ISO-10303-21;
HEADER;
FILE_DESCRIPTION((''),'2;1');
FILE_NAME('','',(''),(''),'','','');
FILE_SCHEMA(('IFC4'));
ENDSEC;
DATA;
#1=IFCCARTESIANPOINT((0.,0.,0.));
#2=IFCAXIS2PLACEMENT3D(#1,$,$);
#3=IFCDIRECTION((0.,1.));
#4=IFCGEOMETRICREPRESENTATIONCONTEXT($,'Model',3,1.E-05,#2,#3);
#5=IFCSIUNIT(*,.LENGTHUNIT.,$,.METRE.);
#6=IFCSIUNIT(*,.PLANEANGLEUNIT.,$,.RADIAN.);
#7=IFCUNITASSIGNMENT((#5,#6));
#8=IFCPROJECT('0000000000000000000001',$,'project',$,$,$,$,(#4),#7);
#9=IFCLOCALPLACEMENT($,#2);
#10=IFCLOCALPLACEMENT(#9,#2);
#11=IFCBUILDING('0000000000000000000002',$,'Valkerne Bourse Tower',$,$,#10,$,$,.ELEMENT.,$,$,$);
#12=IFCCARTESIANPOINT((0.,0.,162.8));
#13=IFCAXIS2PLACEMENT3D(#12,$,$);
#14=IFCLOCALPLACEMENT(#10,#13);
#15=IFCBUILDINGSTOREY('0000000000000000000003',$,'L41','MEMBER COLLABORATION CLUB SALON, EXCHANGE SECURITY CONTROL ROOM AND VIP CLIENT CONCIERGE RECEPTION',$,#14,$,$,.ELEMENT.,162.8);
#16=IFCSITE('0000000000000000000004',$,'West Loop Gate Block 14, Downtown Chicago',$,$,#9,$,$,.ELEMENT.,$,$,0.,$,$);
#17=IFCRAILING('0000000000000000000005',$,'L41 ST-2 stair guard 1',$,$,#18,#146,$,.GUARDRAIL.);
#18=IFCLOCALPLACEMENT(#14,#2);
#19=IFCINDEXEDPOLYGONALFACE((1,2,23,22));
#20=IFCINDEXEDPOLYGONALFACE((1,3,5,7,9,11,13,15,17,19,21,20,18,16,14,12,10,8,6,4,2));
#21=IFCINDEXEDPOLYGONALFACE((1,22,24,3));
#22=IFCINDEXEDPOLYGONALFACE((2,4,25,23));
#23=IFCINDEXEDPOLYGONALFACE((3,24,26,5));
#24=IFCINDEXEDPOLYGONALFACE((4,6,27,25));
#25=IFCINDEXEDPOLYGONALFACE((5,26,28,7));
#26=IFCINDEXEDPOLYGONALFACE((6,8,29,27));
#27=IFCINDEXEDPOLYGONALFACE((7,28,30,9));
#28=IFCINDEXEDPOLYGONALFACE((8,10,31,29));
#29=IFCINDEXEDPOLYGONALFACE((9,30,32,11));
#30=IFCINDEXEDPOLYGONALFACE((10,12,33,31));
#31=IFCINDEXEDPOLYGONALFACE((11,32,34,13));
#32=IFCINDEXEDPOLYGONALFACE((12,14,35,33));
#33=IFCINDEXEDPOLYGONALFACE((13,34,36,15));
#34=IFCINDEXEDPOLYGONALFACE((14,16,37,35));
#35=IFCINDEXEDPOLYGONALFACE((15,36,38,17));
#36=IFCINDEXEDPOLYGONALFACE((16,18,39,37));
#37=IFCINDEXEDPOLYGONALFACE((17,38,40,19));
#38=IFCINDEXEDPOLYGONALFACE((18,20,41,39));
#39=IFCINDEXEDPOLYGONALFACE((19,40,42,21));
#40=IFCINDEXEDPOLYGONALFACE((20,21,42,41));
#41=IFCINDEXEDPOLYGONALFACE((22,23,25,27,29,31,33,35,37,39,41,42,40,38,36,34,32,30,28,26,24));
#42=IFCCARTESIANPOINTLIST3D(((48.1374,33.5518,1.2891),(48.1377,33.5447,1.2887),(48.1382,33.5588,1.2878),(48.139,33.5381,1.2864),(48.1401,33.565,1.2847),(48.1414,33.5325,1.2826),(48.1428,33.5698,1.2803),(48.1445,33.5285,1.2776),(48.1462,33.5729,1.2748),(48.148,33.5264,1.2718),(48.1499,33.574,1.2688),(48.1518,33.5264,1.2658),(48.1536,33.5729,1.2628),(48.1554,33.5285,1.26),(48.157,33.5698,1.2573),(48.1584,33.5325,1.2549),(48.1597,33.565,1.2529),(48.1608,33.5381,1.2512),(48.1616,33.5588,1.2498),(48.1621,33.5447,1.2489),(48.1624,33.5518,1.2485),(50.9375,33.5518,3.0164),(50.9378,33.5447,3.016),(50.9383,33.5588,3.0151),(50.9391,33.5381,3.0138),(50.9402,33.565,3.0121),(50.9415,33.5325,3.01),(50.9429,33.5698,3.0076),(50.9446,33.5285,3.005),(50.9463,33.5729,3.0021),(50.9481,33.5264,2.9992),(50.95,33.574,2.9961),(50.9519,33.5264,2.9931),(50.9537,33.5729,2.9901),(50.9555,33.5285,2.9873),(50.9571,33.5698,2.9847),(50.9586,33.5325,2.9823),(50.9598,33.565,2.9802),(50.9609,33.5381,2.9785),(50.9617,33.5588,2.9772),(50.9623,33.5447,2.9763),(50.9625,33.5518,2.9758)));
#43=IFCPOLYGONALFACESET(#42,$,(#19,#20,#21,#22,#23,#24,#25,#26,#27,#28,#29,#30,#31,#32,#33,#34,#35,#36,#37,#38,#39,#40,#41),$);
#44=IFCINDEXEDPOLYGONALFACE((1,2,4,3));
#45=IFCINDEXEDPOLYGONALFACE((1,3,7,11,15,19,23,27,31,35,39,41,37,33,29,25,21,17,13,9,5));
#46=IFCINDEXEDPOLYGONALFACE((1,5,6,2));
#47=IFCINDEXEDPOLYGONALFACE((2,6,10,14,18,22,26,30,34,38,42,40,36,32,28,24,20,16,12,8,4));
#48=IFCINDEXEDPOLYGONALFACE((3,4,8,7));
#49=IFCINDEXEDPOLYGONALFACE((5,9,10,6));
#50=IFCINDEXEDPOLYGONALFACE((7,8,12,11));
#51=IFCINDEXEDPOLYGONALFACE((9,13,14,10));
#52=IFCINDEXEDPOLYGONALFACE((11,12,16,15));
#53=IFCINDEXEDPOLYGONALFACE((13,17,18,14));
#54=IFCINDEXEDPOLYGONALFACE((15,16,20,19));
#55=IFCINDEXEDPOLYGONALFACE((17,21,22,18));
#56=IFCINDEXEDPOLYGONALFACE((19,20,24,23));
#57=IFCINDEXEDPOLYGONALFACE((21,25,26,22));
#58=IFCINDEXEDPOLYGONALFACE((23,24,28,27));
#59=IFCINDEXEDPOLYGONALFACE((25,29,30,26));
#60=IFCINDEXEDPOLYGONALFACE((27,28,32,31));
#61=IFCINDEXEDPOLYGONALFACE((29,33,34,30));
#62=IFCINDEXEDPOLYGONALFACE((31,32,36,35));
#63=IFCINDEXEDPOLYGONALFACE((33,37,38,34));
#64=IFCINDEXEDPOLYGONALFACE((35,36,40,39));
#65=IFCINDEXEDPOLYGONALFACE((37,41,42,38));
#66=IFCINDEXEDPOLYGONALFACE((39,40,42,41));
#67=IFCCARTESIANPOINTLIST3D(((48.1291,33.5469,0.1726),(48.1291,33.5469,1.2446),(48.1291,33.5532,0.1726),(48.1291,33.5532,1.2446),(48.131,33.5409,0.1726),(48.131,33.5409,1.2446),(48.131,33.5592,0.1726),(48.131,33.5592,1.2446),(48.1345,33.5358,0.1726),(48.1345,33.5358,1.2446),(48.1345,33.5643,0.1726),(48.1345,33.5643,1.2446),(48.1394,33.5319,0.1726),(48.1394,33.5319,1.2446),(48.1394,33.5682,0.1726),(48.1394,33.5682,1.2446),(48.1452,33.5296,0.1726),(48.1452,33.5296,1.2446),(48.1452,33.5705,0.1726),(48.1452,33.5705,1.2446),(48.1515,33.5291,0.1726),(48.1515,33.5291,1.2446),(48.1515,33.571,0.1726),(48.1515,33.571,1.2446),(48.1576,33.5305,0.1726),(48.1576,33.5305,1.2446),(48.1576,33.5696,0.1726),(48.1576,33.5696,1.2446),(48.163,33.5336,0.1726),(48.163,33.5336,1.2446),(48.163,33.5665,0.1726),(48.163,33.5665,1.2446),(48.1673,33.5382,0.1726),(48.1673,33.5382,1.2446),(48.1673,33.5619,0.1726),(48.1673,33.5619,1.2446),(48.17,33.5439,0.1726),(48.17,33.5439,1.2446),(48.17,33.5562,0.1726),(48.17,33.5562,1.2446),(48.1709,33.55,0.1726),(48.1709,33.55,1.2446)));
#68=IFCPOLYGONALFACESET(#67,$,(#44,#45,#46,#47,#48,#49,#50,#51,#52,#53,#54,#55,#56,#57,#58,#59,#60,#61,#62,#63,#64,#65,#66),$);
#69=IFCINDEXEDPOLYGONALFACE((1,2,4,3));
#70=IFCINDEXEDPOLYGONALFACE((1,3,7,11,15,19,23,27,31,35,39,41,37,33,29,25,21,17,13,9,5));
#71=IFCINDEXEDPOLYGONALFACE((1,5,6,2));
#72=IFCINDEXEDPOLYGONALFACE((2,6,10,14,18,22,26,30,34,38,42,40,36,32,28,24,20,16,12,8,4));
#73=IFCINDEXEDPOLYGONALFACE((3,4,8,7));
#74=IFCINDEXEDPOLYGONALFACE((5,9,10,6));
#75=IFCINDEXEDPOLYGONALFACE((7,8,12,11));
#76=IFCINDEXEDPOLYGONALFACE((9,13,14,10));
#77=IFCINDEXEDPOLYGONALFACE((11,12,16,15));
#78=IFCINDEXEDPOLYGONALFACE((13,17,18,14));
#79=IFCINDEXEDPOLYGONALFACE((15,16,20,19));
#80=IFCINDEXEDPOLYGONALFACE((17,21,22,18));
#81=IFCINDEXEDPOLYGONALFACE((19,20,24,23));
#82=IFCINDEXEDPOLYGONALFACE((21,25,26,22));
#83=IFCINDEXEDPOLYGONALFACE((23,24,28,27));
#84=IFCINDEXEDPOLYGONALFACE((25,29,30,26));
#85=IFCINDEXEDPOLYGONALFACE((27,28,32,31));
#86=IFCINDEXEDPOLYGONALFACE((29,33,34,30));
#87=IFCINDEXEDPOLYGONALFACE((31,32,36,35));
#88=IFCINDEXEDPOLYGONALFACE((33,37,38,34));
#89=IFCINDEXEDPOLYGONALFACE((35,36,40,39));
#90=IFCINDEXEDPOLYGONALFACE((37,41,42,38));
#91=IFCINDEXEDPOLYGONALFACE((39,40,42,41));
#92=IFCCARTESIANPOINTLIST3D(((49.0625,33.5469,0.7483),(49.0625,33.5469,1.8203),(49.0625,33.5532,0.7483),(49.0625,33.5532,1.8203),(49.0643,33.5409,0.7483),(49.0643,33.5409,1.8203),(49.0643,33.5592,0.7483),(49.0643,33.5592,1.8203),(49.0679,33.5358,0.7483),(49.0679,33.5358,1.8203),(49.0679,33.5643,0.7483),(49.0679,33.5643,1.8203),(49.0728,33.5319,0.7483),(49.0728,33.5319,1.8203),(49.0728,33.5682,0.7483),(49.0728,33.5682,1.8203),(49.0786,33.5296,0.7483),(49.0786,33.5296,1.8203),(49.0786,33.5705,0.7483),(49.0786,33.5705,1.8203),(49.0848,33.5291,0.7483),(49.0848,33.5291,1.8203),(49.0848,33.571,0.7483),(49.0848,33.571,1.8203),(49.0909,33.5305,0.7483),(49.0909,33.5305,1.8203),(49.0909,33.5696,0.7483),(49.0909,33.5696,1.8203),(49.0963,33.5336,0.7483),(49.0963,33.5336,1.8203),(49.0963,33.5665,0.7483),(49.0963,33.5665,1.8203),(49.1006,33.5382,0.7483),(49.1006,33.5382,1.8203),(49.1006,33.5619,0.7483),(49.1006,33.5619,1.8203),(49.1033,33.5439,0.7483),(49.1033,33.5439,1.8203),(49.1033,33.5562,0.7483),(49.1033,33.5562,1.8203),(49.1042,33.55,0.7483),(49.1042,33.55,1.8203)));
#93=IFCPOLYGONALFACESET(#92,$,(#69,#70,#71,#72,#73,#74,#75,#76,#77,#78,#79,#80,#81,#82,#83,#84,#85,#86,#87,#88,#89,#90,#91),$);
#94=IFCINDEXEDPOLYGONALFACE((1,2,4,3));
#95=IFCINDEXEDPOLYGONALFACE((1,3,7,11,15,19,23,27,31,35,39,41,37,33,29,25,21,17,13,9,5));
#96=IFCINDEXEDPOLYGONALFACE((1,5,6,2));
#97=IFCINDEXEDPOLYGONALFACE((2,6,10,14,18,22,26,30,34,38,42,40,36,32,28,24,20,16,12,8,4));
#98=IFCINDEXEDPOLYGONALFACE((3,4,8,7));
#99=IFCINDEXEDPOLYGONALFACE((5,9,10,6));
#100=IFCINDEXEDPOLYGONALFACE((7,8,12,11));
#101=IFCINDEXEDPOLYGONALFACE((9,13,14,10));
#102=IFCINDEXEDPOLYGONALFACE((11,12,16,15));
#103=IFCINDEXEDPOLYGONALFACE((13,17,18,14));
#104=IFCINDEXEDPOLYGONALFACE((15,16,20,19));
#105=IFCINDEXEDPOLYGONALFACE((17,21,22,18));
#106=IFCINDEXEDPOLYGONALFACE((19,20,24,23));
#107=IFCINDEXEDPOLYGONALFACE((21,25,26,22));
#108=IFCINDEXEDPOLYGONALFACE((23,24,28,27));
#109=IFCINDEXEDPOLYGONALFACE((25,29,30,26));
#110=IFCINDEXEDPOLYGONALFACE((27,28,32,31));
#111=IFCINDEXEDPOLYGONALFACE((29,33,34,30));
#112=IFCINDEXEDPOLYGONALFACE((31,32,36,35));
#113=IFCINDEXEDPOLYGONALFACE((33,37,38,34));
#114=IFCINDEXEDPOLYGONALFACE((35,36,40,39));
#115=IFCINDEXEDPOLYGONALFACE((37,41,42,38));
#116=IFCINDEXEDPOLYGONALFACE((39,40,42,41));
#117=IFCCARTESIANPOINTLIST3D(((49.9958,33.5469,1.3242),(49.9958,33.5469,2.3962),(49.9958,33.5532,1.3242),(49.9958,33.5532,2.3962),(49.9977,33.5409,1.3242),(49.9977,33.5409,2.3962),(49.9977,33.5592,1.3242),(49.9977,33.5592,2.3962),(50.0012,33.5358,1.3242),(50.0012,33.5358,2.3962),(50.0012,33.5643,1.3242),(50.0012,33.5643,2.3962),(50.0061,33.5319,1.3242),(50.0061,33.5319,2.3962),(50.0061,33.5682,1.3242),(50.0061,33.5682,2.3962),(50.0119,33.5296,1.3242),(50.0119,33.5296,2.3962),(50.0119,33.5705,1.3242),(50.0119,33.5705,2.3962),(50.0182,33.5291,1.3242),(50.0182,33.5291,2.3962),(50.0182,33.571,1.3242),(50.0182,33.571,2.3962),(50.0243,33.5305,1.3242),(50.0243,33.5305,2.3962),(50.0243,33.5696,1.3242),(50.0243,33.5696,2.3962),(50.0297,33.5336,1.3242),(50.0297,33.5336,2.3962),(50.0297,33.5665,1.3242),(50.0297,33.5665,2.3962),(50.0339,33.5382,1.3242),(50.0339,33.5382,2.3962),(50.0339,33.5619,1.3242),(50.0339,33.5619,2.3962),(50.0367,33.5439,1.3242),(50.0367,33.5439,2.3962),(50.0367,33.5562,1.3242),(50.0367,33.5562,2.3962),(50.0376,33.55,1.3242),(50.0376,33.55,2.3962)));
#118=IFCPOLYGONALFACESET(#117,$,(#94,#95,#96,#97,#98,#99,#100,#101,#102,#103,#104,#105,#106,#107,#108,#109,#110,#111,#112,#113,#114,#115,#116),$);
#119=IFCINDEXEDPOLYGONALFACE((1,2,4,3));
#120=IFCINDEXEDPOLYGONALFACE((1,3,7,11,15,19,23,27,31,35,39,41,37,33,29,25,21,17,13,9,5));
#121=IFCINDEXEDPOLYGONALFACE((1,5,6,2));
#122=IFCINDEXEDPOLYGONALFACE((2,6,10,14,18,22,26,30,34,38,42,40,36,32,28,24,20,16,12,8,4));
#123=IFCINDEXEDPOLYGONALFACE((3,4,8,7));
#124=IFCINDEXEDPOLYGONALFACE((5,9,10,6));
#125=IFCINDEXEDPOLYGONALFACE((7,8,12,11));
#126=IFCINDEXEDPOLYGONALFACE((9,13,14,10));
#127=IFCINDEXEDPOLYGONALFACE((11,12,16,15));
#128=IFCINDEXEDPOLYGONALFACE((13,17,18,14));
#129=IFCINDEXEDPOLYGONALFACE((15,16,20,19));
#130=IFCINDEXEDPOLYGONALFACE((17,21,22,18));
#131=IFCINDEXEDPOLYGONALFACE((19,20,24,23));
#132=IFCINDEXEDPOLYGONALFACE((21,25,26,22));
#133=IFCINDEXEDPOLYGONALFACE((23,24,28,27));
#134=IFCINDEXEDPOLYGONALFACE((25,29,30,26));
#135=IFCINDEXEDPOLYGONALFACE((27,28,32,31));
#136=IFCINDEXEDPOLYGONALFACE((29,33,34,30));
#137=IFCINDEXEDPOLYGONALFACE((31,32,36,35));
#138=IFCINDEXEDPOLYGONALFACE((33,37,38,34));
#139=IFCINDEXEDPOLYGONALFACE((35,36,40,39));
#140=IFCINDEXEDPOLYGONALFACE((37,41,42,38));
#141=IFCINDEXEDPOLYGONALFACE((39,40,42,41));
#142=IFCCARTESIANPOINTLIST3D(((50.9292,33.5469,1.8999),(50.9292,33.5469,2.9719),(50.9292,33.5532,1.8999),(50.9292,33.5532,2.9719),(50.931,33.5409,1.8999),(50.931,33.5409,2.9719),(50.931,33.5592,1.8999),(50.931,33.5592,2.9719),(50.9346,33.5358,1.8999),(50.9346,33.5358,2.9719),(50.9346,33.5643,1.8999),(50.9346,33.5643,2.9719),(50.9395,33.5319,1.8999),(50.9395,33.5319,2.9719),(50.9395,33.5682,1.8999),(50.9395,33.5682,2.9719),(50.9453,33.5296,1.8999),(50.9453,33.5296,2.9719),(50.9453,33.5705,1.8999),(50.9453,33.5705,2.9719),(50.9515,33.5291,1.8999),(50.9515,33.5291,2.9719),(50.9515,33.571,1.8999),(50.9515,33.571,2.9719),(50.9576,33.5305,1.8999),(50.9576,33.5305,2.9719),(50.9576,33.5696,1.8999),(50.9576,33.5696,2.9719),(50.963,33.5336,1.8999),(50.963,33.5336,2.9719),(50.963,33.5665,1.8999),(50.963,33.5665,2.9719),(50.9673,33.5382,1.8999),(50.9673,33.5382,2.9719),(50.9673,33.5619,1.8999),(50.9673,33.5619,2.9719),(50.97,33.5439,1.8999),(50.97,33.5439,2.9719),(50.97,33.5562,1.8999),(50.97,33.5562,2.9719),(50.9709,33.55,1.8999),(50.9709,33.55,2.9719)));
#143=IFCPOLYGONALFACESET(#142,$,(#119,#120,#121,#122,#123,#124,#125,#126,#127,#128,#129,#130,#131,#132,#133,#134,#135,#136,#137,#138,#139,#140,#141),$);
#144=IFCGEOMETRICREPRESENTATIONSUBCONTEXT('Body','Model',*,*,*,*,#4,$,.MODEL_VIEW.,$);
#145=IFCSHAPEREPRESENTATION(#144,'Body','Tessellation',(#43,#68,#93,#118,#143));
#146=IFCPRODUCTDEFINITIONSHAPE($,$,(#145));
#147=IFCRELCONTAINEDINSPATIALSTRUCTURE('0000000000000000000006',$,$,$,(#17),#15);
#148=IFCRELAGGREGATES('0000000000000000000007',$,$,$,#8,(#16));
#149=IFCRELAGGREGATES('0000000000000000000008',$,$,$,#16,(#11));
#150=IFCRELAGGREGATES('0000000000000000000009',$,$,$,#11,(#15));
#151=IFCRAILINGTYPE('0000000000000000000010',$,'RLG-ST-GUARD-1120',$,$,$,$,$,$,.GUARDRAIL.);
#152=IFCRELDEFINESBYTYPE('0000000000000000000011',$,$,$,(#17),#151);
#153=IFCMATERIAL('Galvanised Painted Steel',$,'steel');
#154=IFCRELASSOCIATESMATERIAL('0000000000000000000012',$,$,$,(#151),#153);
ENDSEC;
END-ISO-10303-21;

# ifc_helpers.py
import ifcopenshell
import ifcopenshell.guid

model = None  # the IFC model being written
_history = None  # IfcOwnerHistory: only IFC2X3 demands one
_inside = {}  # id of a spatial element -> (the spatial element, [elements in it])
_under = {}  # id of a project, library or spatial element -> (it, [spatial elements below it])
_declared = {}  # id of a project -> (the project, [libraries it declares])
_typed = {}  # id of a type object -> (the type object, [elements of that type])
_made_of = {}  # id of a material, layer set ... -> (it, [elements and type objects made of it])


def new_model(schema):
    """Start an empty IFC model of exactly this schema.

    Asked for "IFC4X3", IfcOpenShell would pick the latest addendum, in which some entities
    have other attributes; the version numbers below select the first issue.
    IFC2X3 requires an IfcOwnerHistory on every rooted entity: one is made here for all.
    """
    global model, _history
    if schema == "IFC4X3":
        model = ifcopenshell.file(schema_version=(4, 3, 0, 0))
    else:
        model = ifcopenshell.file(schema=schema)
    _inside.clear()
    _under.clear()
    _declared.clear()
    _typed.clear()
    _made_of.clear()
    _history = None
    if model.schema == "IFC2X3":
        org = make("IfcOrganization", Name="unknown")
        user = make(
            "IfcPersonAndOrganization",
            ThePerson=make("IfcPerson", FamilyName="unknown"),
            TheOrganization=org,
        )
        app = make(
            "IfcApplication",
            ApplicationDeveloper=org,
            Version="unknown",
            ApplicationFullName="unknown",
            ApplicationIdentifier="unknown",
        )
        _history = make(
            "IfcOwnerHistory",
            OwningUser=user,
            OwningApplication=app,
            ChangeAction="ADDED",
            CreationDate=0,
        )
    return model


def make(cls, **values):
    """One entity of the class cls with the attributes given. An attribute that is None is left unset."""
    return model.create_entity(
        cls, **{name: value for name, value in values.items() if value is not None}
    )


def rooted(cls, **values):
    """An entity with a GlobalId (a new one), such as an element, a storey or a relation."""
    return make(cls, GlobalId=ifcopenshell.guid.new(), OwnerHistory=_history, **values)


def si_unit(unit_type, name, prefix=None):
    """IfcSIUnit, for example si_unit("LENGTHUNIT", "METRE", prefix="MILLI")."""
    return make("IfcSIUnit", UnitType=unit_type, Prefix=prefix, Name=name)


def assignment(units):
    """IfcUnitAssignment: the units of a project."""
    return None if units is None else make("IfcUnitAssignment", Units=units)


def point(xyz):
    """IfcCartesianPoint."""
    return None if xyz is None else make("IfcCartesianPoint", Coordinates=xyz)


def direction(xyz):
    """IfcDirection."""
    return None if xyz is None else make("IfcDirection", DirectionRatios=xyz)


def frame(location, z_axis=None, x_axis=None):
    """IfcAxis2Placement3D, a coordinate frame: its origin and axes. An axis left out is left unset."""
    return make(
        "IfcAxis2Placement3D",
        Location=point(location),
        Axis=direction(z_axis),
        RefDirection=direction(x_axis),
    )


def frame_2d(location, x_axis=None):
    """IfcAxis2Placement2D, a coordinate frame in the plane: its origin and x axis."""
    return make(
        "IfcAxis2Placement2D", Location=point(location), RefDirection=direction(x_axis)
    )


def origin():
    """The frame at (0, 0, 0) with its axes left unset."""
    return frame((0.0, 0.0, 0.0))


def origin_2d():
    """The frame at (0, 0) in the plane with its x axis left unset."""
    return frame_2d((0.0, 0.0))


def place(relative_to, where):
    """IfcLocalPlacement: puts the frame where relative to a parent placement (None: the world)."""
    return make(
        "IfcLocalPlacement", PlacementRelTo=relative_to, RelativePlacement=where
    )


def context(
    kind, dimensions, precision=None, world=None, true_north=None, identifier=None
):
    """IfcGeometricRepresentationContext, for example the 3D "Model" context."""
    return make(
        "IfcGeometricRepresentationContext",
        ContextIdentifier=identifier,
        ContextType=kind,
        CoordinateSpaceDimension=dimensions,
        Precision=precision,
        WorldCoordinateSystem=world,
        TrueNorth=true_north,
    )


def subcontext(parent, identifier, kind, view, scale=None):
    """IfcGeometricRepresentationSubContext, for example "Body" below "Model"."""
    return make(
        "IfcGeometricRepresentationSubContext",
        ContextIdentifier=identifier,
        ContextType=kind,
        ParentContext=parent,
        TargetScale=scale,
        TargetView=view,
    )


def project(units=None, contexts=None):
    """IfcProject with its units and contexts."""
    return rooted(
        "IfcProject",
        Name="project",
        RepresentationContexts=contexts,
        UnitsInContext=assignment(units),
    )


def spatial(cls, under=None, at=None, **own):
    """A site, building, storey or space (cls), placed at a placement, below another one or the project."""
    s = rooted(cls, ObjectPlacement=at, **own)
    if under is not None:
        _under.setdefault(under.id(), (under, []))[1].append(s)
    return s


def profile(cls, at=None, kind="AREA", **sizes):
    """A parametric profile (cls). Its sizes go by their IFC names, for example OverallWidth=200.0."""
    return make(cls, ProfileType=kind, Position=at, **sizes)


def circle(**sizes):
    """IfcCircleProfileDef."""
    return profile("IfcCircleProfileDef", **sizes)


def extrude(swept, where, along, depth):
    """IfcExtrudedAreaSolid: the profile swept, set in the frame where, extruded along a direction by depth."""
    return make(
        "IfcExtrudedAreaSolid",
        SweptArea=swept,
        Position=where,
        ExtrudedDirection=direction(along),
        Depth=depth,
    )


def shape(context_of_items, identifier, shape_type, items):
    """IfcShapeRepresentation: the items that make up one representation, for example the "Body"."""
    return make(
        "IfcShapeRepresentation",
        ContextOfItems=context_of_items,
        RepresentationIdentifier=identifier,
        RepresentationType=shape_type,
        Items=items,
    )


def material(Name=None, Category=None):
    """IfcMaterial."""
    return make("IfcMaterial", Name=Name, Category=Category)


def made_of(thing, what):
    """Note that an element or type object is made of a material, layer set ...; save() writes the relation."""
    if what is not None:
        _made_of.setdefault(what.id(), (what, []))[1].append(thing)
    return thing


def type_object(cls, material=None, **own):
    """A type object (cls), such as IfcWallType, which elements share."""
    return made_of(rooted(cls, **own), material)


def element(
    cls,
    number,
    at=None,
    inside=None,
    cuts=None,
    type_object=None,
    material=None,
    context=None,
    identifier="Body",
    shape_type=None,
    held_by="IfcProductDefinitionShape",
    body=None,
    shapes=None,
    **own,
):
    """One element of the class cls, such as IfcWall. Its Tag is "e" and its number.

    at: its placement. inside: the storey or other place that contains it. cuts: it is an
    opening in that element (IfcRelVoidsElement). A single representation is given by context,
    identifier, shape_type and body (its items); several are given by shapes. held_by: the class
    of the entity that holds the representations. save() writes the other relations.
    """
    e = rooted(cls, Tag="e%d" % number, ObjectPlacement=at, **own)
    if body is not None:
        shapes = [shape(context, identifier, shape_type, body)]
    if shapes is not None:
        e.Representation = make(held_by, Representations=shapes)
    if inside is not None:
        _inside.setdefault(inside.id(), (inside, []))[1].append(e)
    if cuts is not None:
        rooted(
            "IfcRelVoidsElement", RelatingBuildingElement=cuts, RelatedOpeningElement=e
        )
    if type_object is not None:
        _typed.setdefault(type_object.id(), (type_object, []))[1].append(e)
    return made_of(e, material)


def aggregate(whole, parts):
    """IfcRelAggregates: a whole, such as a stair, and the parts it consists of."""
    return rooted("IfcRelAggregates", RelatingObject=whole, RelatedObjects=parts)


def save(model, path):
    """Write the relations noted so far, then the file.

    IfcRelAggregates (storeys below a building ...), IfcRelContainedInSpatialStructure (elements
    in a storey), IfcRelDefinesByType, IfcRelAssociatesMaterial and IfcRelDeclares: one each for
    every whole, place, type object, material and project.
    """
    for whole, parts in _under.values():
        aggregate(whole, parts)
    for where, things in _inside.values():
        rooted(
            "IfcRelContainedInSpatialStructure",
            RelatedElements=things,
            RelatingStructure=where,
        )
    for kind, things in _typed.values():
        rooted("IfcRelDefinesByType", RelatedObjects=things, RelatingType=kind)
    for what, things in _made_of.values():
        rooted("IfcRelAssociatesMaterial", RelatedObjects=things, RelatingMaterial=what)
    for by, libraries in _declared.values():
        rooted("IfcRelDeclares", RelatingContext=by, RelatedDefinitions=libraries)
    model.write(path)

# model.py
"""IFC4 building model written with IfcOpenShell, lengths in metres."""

from ifc_helpers import new_model, si_unit, direction, frame, origin, origin_2d, place, context, subcontext, project, spatial, circle, extrude, material, type_object, element, save


model = new_model("IFC4")

# Units and contexts
model_context = context("Model", 3, precision=1e-05, world=origin(), true_north=direction((0.0, 1.0)))
body_context = subcontext(model_context, "Body", "Model", "MODEL_VIEW")
ifc_project = project(units=[si_unit("LENGTHUNIT", "METRE"), si_unit("PLANEANGLEUNIT", "RADIAN")], contexts=[model_context])

# Site, building, storey
site_placement = place(None, origin())
site = spatial("IfcSite", under=ifc_project, at=site_placement, Name="West Loop Gate Block 14, Downtown Chicago", CompositionType="ELEMENT", RefElevation=0.0)
building_placement = place(site_placement, origin())
building = spatial("IfcBuilding", under=site, at=building_placement, Name="Valkerne Bourse Tower", CompositionType="ELEMENT")
storey_placement = place(building_placement, frame((0.0, 0.0, 162.8)))
storey = spatial("IfcBuildingStorey", under=building, at=storey_placement, Name="L41", Description="MEMBER COLLABORATION CLUB SALON, EXCHANGE SECURITY CONTROL ROOM AND VIP CLIENT CONCIERGE RECEPTION", CompositionType="ELEMENT", Elevation=162.8)

# Shared definitions
ifc_material_1 = material(Name="Galvanised Painted Steel", Category="steel")

# Railing
railing_type_1 = type_object("IfcRailingType", Name="RLG-ST-GUARD-1120", PredefinedType="GUARDRAIL", material=ifc_material_1)
railing_1_placement = place(storey_placement, frame((48.1499, 33.55, 0.1726)))
element("IfcRailing", 1, at=railing_1_placement, inside=storey, type_object=railing_type_1, Name="L41 ST-2 stair guard 1", PredefinedType="GUARDRAIL", context=body_context, shape_type="SweptSolid", body=[
    extrude(circle(Radius=0.0239, at=origin_2d()), frame((0.0, 0.0, 1.0962), z_axis=(0.85109, 0.0, 0.52502), x_axis=(0.0, 1.0, 0.0)), (0.0, 0.0, 1.0), 3.29),
    extrude(circle(Radius=0.021, at=origin_2d()), origin(), (0.0, 0.0, 1.0), 1.072),
    extrude(circle(Radius=0.021, at=origin_2d()), frame((0.9333, 0.0, 0.5757)), (0.0, 0.0, 1.0), 1.072),
    extrude(circle(Radius=0.021, at=origin_2d()), frame((1.8667, 0.0, 1.1516)), (0.0, 0.0, 1.0), 1.072),
    extrude(circle(Radius=0.021, at=origin_2d()), frame((2.8, 0.0, 1.7273)), (0.0, 0.0, 1.0), 1.072),
])

save(model, "model.ifc")
